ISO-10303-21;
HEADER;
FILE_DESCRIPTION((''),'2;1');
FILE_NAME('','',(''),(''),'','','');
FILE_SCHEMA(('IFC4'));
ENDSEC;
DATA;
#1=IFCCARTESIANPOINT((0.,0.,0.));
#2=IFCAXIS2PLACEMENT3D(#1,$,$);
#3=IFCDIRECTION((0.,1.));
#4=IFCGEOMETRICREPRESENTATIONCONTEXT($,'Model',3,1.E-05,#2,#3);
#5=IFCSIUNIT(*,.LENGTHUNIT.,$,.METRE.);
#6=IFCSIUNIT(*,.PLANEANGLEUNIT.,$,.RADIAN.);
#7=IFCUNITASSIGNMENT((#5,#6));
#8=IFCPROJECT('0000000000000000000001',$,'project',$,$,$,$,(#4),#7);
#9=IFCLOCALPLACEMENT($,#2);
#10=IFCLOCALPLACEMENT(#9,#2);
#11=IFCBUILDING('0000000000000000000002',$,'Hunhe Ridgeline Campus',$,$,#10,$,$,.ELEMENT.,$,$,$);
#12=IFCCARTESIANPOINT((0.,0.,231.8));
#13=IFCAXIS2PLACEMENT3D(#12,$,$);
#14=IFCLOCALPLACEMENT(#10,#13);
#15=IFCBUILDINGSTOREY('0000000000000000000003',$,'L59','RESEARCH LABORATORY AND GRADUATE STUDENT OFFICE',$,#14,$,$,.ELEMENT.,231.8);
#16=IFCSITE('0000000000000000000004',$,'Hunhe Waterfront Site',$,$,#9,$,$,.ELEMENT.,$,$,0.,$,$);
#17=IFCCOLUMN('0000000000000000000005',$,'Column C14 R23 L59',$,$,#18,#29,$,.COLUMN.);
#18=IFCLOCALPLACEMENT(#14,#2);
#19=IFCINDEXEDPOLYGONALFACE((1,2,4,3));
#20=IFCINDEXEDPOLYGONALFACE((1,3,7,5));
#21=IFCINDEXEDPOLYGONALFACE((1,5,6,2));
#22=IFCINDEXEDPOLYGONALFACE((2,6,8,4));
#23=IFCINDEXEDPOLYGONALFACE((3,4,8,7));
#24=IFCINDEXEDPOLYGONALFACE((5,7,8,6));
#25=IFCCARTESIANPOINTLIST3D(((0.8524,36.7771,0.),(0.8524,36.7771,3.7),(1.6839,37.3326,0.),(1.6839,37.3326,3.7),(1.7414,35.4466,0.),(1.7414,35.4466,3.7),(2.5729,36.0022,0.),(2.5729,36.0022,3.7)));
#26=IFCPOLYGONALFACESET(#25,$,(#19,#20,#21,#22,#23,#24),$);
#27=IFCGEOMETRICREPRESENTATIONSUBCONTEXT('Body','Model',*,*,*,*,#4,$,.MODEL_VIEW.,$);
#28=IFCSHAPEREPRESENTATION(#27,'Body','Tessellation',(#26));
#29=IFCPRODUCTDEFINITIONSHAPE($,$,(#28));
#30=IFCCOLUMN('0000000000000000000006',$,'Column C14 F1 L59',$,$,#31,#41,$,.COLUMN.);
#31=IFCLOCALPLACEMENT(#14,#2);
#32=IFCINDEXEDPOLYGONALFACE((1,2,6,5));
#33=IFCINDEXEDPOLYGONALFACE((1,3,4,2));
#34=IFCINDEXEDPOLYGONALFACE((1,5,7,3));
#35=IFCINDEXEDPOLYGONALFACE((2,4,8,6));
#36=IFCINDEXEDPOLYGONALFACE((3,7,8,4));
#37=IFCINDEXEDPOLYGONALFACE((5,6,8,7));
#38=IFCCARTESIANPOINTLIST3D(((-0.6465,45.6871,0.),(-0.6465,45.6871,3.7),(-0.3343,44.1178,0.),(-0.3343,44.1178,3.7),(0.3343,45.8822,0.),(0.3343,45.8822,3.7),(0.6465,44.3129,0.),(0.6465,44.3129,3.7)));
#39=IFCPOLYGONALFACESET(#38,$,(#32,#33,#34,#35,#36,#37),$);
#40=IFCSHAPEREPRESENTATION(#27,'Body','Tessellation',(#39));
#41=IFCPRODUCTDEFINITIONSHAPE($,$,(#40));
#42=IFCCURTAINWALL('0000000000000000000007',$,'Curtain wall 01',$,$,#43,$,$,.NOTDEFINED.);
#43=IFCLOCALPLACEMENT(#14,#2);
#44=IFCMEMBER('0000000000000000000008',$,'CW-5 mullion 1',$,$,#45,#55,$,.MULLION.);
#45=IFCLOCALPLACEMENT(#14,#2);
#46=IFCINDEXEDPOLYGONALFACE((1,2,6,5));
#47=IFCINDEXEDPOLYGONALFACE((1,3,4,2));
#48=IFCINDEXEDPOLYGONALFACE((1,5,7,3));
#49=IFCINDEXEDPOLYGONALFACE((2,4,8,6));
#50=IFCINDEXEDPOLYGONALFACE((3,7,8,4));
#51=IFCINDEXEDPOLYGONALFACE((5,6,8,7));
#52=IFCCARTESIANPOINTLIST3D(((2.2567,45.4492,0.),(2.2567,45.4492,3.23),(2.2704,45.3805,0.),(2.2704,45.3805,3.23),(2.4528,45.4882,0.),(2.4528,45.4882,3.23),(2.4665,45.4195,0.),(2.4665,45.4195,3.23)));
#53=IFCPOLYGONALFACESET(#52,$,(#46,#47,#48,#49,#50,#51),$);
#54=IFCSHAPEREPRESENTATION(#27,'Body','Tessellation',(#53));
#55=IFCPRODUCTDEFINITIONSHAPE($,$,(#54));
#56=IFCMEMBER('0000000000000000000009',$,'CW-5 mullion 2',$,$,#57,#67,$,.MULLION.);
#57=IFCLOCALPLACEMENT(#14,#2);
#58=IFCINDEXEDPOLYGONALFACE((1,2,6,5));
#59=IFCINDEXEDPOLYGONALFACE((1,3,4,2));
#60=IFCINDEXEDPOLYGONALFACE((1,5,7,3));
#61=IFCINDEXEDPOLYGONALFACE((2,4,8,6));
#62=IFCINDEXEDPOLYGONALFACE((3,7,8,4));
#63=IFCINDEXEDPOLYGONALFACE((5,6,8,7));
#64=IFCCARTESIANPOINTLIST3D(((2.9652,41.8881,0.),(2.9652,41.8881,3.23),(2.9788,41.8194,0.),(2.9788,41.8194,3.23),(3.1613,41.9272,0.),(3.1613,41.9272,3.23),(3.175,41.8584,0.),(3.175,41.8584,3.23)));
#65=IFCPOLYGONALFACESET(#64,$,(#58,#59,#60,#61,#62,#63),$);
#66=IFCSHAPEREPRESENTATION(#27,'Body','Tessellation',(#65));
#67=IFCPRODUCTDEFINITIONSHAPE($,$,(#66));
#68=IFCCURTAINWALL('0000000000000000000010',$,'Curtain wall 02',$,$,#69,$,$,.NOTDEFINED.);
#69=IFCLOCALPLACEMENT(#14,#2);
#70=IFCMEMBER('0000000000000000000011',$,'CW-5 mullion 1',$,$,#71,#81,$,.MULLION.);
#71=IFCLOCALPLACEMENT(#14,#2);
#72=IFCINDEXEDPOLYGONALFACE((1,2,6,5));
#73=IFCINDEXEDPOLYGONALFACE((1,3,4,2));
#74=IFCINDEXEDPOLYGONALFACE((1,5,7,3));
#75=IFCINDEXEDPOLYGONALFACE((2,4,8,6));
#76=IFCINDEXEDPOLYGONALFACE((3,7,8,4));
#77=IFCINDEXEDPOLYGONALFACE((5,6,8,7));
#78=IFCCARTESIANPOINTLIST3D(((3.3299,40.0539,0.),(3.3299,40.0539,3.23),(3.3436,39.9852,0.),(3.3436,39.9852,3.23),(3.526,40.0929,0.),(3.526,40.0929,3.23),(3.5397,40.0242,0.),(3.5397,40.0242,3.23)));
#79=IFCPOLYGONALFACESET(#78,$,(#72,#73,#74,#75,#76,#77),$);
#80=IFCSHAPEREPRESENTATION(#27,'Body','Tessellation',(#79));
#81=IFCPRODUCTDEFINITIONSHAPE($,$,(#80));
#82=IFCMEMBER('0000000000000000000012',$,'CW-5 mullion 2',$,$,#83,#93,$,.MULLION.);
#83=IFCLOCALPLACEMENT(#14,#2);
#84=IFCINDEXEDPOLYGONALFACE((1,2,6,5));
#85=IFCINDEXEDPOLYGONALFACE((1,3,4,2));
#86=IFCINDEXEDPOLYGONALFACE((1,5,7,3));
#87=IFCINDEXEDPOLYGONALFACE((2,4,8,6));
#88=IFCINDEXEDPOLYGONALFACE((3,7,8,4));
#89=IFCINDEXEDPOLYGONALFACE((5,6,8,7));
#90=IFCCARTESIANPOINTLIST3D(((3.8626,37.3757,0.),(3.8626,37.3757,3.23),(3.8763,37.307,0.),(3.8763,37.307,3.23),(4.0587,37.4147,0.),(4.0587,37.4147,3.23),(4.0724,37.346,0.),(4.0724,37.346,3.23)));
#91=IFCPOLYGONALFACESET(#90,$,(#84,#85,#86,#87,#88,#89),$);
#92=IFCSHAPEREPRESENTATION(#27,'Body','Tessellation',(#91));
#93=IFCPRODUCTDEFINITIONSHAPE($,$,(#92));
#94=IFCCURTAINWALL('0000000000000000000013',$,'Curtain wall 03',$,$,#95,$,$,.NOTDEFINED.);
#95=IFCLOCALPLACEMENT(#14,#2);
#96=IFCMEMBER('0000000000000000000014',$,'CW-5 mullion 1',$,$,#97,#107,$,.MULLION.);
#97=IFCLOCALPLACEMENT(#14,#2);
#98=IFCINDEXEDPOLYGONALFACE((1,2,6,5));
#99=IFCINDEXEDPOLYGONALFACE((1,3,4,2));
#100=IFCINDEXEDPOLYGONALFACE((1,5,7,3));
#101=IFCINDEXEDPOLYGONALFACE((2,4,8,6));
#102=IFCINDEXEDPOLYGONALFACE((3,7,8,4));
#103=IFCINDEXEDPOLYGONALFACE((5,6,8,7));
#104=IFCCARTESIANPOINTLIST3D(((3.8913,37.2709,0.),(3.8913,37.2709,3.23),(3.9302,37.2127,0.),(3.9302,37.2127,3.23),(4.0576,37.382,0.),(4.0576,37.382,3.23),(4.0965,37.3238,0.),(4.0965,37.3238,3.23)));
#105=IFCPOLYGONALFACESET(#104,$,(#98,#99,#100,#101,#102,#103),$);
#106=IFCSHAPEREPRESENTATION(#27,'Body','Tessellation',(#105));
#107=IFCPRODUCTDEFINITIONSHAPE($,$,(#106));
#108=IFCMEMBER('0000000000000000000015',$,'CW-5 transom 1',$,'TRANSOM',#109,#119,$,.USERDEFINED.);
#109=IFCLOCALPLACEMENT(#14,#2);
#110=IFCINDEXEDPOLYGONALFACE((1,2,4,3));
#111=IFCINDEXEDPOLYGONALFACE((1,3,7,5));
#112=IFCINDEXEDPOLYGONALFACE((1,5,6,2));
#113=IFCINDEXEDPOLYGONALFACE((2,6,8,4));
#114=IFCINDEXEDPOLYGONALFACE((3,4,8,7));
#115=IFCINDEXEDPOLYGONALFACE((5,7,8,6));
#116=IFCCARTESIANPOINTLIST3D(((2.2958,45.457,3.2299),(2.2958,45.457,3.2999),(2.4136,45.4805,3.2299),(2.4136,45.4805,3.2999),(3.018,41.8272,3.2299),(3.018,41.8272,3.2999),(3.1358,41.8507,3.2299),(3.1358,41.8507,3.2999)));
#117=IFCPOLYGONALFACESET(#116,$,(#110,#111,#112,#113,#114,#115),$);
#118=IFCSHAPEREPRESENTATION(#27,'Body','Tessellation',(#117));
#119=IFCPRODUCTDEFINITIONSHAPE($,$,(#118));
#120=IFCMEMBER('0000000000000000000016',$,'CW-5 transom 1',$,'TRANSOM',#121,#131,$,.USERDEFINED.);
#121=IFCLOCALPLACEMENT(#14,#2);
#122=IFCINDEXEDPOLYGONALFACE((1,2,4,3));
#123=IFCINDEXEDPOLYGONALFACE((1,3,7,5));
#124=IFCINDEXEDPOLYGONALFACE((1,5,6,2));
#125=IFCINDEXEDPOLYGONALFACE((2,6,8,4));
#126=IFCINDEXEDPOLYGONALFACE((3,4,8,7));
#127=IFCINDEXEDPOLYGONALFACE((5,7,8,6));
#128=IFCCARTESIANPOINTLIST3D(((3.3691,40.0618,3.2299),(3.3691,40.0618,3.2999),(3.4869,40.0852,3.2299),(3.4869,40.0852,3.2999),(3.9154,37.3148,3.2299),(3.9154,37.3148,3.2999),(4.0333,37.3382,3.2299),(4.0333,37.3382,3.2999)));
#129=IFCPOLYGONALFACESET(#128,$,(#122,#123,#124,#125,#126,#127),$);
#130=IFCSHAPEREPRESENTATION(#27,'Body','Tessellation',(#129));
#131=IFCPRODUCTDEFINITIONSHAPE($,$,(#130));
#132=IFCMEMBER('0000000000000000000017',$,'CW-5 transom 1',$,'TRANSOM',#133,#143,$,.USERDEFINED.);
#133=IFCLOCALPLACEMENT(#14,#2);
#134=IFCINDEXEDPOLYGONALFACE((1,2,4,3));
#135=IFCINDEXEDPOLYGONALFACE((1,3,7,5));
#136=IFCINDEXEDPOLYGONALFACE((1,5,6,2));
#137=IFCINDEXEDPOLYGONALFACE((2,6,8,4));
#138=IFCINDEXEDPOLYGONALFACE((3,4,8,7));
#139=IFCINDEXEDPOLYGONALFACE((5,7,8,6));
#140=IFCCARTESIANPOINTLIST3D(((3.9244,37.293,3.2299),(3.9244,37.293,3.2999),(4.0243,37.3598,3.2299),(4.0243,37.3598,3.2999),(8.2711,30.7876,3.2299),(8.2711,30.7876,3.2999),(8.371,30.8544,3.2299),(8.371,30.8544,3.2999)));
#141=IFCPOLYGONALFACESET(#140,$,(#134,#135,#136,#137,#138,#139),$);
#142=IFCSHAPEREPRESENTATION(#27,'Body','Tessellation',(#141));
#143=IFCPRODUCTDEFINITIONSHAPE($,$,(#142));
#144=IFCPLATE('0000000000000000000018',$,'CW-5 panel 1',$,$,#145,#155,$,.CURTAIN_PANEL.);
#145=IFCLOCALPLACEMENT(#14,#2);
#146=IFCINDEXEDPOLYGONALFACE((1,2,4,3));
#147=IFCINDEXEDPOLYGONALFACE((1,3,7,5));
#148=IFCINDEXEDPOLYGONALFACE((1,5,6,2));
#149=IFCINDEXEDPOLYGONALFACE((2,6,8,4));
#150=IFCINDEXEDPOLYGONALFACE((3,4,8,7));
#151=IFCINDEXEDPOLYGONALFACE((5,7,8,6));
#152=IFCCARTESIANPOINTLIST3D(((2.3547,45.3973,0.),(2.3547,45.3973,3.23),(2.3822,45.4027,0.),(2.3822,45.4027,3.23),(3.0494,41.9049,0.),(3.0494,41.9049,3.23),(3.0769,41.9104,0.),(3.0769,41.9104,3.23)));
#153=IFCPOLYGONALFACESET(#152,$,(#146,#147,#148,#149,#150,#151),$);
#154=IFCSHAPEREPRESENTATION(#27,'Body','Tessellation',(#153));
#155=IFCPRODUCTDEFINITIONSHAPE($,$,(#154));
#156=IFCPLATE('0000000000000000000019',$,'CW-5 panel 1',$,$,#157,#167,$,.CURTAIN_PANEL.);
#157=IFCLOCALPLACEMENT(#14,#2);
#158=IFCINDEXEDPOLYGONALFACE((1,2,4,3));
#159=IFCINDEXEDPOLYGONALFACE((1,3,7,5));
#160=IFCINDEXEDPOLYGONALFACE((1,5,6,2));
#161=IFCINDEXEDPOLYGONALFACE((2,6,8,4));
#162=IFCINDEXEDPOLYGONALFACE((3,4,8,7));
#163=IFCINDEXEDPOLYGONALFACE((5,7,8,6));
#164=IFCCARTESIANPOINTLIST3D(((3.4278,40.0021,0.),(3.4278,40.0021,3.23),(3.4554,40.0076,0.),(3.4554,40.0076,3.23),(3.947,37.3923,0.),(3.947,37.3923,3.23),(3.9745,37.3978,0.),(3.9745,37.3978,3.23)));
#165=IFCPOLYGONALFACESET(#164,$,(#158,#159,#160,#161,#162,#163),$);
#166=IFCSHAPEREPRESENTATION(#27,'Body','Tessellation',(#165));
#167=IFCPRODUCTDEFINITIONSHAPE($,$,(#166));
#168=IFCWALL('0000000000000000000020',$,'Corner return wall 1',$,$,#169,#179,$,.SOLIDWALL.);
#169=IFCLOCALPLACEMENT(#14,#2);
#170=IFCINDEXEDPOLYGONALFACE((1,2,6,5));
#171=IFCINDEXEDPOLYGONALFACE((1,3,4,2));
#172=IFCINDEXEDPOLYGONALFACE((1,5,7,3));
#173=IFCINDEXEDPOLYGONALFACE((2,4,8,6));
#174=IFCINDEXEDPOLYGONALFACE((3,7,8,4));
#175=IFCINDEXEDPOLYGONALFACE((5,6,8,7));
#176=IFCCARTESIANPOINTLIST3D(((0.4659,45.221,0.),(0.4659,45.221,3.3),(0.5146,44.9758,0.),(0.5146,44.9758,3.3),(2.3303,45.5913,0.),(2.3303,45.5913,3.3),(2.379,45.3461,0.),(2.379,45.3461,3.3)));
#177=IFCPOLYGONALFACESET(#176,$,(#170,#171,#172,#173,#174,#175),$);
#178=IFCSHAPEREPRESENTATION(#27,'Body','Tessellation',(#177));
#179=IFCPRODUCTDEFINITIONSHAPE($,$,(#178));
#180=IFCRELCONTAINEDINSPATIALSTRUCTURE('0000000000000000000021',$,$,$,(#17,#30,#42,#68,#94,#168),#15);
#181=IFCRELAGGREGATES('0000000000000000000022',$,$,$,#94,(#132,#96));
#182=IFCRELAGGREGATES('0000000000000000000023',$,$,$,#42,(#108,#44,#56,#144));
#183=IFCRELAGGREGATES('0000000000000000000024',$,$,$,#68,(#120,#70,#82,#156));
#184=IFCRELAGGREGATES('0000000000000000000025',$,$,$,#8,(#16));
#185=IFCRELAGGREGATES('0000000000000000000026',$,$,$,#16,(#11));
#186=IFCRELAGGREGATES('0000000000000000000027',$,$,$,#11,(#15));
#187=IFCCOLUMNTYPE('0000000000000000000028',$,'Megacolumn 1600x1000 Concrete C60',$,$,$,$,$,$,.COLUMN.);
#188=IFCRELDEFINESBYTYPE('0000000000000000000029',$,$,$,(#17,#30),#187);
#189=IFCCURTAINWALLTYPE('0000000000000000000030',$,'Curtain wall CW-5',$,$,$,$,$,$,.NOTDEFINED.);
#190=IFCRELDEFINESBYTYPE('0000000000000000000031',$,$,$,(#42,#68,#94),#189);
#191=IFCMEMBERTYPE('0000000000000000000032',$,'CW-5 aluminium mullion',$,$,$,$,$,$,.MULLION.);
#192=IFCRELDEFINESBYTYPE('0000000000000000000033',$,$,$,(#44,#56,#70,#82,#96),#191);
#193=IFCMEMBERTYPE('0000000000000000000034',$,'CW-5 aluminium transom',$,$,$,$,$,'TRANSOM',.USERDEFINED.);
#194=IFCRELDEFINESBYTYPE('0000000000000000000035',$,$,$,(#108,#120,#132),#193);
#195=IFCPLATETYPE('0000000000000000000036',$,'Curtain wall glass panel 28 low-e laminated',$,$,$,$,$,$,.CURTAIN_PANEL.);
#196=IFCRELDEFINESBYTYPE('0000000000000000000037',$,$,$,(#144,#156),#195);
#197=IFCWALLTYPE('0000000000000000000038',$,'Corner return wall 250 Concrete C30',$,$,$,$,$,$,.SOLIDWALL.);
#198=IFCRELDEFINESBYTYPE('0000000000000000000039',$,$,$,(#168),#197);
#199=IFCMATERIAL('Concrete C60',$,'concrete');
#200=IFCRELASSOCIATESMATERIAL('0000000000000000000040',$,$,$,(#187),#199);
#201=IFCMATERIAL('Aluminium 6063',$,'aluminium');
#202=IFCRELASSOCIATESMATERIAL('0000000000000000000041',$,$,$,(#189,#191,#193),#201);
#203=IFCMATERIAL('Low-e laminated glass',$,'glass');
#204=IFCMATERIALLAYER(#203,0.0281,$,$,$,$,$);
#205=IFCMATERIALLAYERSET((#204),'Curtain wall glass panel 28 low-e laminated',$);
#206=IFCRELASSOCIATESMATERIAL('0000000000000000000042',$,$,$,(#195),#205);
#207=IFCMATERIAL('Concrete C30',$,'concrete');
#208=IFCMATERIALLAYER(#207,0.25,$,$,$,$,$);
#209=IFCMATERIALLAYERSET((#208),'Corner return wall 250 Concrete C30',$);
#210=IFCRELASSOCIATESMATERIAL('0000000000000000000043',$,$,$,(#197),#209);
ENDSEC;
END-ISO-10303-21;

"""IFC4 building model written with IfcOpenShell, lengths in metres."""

from ifc_helpers import new_model, si_unit, direction, frame, frame_2d, origin, origin_2d, place, context, subcontext, project, spatial, rectangle, extrude, material, layer, layer_set, material_profile, profile_set, type_object, element, aggregate, save


model = new_model("IFC4")

# Units and contexts
model_context = context("Model", 3, precision=1e-05, world=origin(), true_north=direction((0.0, 1.0)))
body_context = subcontext(model_context, "Body", "Model", "MODEL_VIEW")
ifc_project = project(units=[si_unit("LENGTHUNIT", "METRE"), si_unit("PLANEANGLEUNIT", "RADIAN")], contexts=[model_context])

# Site, building, storey
site_placement = place(None, origin())
site = spatial("IfcSite", under=ifc_project, at=site_placement, Name="Hunhe Waterfront Site", CompositionType="ELEMENT", RefElevation=0.0)
building_placement = place(site_placement, origin())
building = spatial("IfcBuilding", under=site, at=building_placement, Name="Hunhe Ridgeline Campus", CompositionType="ELEMENT")
storey_placement = place(building_placement, frame((0.0, 0.0, 231.8)))
storey = spatial("IfcBuildingStorey", under=building, at=storey_placement, Name="L59", Description="RESEARCH LABORATORY AND GRADUATE STUDENT OFFICE", CompositionType="ELEMENT", Elevation=231.8)

# Columns
ifc_material_1 = material(Name="Concrete C60", Category="concrete")
ifc_material_profile_1 = material_profile(ifc_material_1, rectangle(XDim=1.6001, YDim=1.0, at=origin_2d()))
ifc_profile_set_1 = profile_set([ifc_material_profile_1], Name="Concrete C60")
column_type = type_object("IfcColumnType", Name="Megacolumn 1600x1000 Concrete C60", PredefinedType="COLUMN", material=ifc_profile_set_1)
for number, where, z_axis, x_axis, name in (
    (1, (1.7126, 36.3896, 0.0), (0.0, 0.0, 1.0), (-0.55557, 0.83147, 0.0), "Column C14 R23 L59"),
    (2, (0.0, 45.0, 0.0), (0.0, 0.0, 1.0), (-0.19509, 0.980785, 0.0), "Column C14 F1 L59"),
):
    element("IfcColumn", number, at=place(storey_placement, frame(where, z_axis=z_axis, x_axis=x_axis)), inside=storey, type_object=column_type, Name=name, PredefinedType="COLUMN", context=body_context, shape_type="SweptSolid", body=[
        extrude(rectangle(XDim=1.6001, YDim=1.0, at=origin_2d()), origin(), (0.0, 0.0, 1.0), 3.7),
    ])

# Curtain walls, members
ifc_material_2 = material(Name="Aluminium 6063", Category="aluminium")
curtain_wall_type = type_object("IfcCurtainWallType", Name="Curtain wall CW-5", PredefinedType="NOTDEFINED", material=ifc_material_2)
curtain_wall_1_placement = place(storey_placement, origin())
curtain_wall_1 = element("IfcCurtainWall", 3, at=curtain_wall_1_placement, inside=storey, type_object=curtain_wall_type, Name="Curtain wall 01", PredefinedType="NOTDEFINED")
ifc_material_profile_2 = material_profile(ifc_material_2, rectangle(XDim=0.2, YDim=0.0701, at=origin_2d()))
ifc_profile_set_2 = profile_set([ifc_material_profile_2], Name="Aluminium 6063")
member_type_1 = type_object("IfcMemberType", Name="CW-5 aluminium mullion", PredefinedType="MULLION", material=ifc_profile_set_2)
member_1_placement = place(storey_placement, frame((2.3616, 45.4343, 0.0), z_axis=(0.0, 0.0, 1.0), x_axis=(0.980784, 0.195095, 0.0)))
member_1 = element("IfcMember", 4, at=member_1_placement, type_object=member_type_1, Name="CW-5 mullion 1", PredefinedType="MULLION", context=body_context, shape_type="SweptSolid", body=[
    extrude(rectangle(XDim=0.2, YDim=0.0701, at=origin_2d()), origin(), (0.0, 0.0, 1.0), 3.23),
])
member_2_placement = place(storey_placement, frame((3.0701, 41.8733, 0.0), z_axis=(0.0, 0.0, 1.0), x_axis=(0.980784, 0.195095, 0.0)))
member_2 = element("IfcMember", 5, at=member_2_placement, type_object=member_type_1, Name="CW-5 mullion 2", PredefinedType="MULLION", context=body_context, shape_type="SweptSolid", body=[
    extrude(rectangle(XDim=0.2, YDim=0.0701, at=origin_2d()), origin(), (0.0, 0.0, 1.0), 3.23),
])
curtain_wall_2_placement = place(storey_placement, origin())
curtain_wall_2 = element("IfcCurtainWall", 6, at=curtain_wall_2_placement, inside=storey, type_object=curtain_wall_type, Name="Curtain wall 02", PredefinedType="NOTDEFINED")
member_3_placement = place(storey_placement, frame((3.4348, 40.0391, 0.0), z_axis=(0.0, 0.0, 1.0), x_axis=(0.980784, 0.195095, 0.0)))
member_3 = element("IfcMember", 7, at=member_3_placement, type_object=member_type_1, Name="CW-5 mullion 1", PredefinedType="MULLION", context=body_context, shape_type="SweptSolid", body=[
    extrude(rectangle(XDim=0.2, YDim=0.0701, at=origin_2d()), origin(), (0.0, 0.0, 1.0), 3.23),
])
member_4_placement = place(storey_placement, frame((3.9675, 37.3608, 0.0), z_axis=(0.0, 0.0, 1.0), x_axis=(0.980784, 0.195095, 0.0)))
member_4 = element("IfcMember", 8, at=member_4_placement, type_object=member_type_1, Name="CW-5 mullion 2", PredefinedType="MULLION", context=body_context, shape_type="SweptSolid", body=[
    extrude(rectangle(XDim=0.2, YDim=0.0701, at=origin_2d()), origin(), (0.0, 0.0, 1.0), 3.23),
])

# Curtain wall, member
curtain_wall_3_placement = place(storey_placement, origin())
curtain_wall_3 = element("IfcCurtainWall", 9, at=curtain_wall_3_placement, inside=storey, type_object=curtain_wall_type, Name="Curtain wall 03", PredefinedType="NOTDEFINED")
member_5_placement = place(storey_placement, frame((3.9939, 37.2974, 0.0), z_axis=(0.0, 0.0, 1.0), x_axis=(0.83147, 0.55557, 0.0)))
member_5 = element("IfcMember", 10, at=member_5_placement, type_object=member_type_1, Name="CW-5 mullion 1", PredefinedType="MULLION", context=body_context, shape_type="SweptSolid", body=[
    extrude(rectangle(XDim=0.2, YDim=0.0701, at=origin_2d()), origin(), (0.0, 0.0, 1.0), 3.23),
])

# Members
ifc_material_profile_3 = material_profile(ifc_material_2, rectangle(XDim=0.1201, YDim=0.0701, at=origin_2d()))
ifc_profile_set_3 = profile_set([ifc_material_profile_3], Name="Aluminium 6063")
member_type_2 = type_object("IfcMemberType", Name="CW-5 aluminium transom", ElementType="TRANSOM", PredefinedType="USERDEFINED", material=ifc_profile_set_3)
member_6_placement = place(storey_placement, frame((2.3547, 45.4688, 3.2649), z_axis=(0.195127, -0.980778, 0.0), x_axis=(0.980778, 0.195127, 0.0)))
member_6 = element("IfcMember", 11, at=member_6_placement, type_object=member_type_2, Name="CW-5 transom 1", ObjectType="TRANSOM", PredefinedType="USERDEFINED", context=body_context, shape_type="SweptSolid", body=[
    extrude(rectangle(XDim=0.1201, YDim=0.0701, at=origin_2d()), origin(), (0.0, 0.0, 1.0), 3.7009),
])
member_7_placement = place(storey_placement, frame((3.428, 40.0735, 3.2649), z_axis=(0.195077, -0.980788, 0.0), x_axis=(0.980788, 0.195077, 0.0)))
member_7 = element("IfcMember", 12, at=member_7_placement, type_object=member_type_2, Name="CW-5 transom 1", ObjectType="TRANSOM", PredefinedType="USERDEFINED", context=body_context, shape_type="SweptSolid", body=[
    extrude(rectangle(XDim=0.1201, YDim=0.0701, at=origin_2d()), origin(), (0.0, 0.0, 1.0), 2.8008),
])
member_8_placement = place(storey_placement, frame((3.9744, 37.3264, 3.2649), z_axis=(0.555564, -0.831474, 0.0), x_axis=(0.831474, 0.555564, 0.0)))
member_8 = element("IfcMember", 13, at=member_8_placement, type_object=member_type_2, Name="CW-5 transom 1", ObjectType="TRANSOM", PredefinedType="USERDEFINED", context=body_context, shape_type="SweptSolid", body=[
    extrude(rectangle(XDim=0.1201, YDim=0.0701, at=origin_2d()), origin(), (0.0, 0.0, 1.0), 7.824),
])
aggregate(curtain_wall_3, [member_8, member_5])

# Plates
ifc_material_3 = material(Name="Low-e laminated glass", Category="glass")
ifc_layer_1 = layer(ifc_material_3, 0.0281)
ifc_layer_set_1 = layer_set([ifc_layer_1], Name="Curtain wall glass panel 28 low-e laminated")
plate_type = type_object("IfcPlateType", Name="Curtain wall glass panel 28 low-e laminated", PredefinedType="CURTAIN_PANEL", material=ifc_layer_set_1)
plate_1_placement = place(storey_placement, frame((2.7158, 43.6538, 0.0), z_axis=(0.0, 0.0, 1.0), x_axis=(0.195095, -0.980784, 0.0)))
plate_1 = element("IfcPlate", 14, at=plate_1_placement, type_object=plate_type, Name="CW-5 panel 1", PredefinedType="CURTAIN_PANEL", context=body_context, shape_type="SweptSolid", body=[
    extrude(rectangle(XDim=3.5608, YDim=0.0281, at=origin_2d()), origin(), (0.0, 0.0, 1.0), 3.23),
])
aggregate(curtain_wall_1, [member_6, member_1, member_2, plate_1])
plate_2_placement = place(storey_placement, frame((3.7012, 38.7, 0.0), z_axis=(0.0, 0.0, 1.0), x_axis=(0.195095, -0.980784, 0.0)))
plate_2 = element("IfcPlate", 15, at=plate_2_placement, type_object=plate_type, Name="CW-5 panel 1", PredefinedType="CURTAIN_PANEL", context=body_context, shape_type="SweptSolid", body=[
    extrude(rectangle(XDim=2.6609, YDim=0.0281, at=origin_2d()), origin(), (0.0, 0.0, 1.0), 3.23),
])
aggregate(curtain_wall_2, [member_7, member_3, member_4, plate_2])

# Wall
ifc_material_4 = material(Name="Concrete C30", Category="concrete")
ifc_layer_2 = layer(ifc_material_4, 0.25)
ifc_layer_set_2 = layer_set([ifc_layer_2], Name="Corner return wall 250 Concrete C30")
wall_type_1 = type_object("IfcWallType", Name="Corner return wall 250 Concrete C30", PredefinedType="SOLIDWALL", material=ifc_layer_set_2)
wall_1_placement = place(storey_placement, frame((0.4902, 45.0984, 0.0), z_axis=(0.0, 0.0, 1.0), x_axis=(0.980837, 0.194832, 0.0)))
element("IfcWall", 16, at=wall_1_placement, inside=storey, type_object=wall_type_1, Name="Corner return wall 1", PredefinedType="SOLIDWALL", context=body_context, shape_type="SweptSolid", body=[
    extrude(rectangle(XDim=1.9009, YDim=0.25, at=frame_2d((0.9504, 0.0))), origin(), (0.0, 0.0, 1.0), 3.3),
])

save(model, "model.ifc")
